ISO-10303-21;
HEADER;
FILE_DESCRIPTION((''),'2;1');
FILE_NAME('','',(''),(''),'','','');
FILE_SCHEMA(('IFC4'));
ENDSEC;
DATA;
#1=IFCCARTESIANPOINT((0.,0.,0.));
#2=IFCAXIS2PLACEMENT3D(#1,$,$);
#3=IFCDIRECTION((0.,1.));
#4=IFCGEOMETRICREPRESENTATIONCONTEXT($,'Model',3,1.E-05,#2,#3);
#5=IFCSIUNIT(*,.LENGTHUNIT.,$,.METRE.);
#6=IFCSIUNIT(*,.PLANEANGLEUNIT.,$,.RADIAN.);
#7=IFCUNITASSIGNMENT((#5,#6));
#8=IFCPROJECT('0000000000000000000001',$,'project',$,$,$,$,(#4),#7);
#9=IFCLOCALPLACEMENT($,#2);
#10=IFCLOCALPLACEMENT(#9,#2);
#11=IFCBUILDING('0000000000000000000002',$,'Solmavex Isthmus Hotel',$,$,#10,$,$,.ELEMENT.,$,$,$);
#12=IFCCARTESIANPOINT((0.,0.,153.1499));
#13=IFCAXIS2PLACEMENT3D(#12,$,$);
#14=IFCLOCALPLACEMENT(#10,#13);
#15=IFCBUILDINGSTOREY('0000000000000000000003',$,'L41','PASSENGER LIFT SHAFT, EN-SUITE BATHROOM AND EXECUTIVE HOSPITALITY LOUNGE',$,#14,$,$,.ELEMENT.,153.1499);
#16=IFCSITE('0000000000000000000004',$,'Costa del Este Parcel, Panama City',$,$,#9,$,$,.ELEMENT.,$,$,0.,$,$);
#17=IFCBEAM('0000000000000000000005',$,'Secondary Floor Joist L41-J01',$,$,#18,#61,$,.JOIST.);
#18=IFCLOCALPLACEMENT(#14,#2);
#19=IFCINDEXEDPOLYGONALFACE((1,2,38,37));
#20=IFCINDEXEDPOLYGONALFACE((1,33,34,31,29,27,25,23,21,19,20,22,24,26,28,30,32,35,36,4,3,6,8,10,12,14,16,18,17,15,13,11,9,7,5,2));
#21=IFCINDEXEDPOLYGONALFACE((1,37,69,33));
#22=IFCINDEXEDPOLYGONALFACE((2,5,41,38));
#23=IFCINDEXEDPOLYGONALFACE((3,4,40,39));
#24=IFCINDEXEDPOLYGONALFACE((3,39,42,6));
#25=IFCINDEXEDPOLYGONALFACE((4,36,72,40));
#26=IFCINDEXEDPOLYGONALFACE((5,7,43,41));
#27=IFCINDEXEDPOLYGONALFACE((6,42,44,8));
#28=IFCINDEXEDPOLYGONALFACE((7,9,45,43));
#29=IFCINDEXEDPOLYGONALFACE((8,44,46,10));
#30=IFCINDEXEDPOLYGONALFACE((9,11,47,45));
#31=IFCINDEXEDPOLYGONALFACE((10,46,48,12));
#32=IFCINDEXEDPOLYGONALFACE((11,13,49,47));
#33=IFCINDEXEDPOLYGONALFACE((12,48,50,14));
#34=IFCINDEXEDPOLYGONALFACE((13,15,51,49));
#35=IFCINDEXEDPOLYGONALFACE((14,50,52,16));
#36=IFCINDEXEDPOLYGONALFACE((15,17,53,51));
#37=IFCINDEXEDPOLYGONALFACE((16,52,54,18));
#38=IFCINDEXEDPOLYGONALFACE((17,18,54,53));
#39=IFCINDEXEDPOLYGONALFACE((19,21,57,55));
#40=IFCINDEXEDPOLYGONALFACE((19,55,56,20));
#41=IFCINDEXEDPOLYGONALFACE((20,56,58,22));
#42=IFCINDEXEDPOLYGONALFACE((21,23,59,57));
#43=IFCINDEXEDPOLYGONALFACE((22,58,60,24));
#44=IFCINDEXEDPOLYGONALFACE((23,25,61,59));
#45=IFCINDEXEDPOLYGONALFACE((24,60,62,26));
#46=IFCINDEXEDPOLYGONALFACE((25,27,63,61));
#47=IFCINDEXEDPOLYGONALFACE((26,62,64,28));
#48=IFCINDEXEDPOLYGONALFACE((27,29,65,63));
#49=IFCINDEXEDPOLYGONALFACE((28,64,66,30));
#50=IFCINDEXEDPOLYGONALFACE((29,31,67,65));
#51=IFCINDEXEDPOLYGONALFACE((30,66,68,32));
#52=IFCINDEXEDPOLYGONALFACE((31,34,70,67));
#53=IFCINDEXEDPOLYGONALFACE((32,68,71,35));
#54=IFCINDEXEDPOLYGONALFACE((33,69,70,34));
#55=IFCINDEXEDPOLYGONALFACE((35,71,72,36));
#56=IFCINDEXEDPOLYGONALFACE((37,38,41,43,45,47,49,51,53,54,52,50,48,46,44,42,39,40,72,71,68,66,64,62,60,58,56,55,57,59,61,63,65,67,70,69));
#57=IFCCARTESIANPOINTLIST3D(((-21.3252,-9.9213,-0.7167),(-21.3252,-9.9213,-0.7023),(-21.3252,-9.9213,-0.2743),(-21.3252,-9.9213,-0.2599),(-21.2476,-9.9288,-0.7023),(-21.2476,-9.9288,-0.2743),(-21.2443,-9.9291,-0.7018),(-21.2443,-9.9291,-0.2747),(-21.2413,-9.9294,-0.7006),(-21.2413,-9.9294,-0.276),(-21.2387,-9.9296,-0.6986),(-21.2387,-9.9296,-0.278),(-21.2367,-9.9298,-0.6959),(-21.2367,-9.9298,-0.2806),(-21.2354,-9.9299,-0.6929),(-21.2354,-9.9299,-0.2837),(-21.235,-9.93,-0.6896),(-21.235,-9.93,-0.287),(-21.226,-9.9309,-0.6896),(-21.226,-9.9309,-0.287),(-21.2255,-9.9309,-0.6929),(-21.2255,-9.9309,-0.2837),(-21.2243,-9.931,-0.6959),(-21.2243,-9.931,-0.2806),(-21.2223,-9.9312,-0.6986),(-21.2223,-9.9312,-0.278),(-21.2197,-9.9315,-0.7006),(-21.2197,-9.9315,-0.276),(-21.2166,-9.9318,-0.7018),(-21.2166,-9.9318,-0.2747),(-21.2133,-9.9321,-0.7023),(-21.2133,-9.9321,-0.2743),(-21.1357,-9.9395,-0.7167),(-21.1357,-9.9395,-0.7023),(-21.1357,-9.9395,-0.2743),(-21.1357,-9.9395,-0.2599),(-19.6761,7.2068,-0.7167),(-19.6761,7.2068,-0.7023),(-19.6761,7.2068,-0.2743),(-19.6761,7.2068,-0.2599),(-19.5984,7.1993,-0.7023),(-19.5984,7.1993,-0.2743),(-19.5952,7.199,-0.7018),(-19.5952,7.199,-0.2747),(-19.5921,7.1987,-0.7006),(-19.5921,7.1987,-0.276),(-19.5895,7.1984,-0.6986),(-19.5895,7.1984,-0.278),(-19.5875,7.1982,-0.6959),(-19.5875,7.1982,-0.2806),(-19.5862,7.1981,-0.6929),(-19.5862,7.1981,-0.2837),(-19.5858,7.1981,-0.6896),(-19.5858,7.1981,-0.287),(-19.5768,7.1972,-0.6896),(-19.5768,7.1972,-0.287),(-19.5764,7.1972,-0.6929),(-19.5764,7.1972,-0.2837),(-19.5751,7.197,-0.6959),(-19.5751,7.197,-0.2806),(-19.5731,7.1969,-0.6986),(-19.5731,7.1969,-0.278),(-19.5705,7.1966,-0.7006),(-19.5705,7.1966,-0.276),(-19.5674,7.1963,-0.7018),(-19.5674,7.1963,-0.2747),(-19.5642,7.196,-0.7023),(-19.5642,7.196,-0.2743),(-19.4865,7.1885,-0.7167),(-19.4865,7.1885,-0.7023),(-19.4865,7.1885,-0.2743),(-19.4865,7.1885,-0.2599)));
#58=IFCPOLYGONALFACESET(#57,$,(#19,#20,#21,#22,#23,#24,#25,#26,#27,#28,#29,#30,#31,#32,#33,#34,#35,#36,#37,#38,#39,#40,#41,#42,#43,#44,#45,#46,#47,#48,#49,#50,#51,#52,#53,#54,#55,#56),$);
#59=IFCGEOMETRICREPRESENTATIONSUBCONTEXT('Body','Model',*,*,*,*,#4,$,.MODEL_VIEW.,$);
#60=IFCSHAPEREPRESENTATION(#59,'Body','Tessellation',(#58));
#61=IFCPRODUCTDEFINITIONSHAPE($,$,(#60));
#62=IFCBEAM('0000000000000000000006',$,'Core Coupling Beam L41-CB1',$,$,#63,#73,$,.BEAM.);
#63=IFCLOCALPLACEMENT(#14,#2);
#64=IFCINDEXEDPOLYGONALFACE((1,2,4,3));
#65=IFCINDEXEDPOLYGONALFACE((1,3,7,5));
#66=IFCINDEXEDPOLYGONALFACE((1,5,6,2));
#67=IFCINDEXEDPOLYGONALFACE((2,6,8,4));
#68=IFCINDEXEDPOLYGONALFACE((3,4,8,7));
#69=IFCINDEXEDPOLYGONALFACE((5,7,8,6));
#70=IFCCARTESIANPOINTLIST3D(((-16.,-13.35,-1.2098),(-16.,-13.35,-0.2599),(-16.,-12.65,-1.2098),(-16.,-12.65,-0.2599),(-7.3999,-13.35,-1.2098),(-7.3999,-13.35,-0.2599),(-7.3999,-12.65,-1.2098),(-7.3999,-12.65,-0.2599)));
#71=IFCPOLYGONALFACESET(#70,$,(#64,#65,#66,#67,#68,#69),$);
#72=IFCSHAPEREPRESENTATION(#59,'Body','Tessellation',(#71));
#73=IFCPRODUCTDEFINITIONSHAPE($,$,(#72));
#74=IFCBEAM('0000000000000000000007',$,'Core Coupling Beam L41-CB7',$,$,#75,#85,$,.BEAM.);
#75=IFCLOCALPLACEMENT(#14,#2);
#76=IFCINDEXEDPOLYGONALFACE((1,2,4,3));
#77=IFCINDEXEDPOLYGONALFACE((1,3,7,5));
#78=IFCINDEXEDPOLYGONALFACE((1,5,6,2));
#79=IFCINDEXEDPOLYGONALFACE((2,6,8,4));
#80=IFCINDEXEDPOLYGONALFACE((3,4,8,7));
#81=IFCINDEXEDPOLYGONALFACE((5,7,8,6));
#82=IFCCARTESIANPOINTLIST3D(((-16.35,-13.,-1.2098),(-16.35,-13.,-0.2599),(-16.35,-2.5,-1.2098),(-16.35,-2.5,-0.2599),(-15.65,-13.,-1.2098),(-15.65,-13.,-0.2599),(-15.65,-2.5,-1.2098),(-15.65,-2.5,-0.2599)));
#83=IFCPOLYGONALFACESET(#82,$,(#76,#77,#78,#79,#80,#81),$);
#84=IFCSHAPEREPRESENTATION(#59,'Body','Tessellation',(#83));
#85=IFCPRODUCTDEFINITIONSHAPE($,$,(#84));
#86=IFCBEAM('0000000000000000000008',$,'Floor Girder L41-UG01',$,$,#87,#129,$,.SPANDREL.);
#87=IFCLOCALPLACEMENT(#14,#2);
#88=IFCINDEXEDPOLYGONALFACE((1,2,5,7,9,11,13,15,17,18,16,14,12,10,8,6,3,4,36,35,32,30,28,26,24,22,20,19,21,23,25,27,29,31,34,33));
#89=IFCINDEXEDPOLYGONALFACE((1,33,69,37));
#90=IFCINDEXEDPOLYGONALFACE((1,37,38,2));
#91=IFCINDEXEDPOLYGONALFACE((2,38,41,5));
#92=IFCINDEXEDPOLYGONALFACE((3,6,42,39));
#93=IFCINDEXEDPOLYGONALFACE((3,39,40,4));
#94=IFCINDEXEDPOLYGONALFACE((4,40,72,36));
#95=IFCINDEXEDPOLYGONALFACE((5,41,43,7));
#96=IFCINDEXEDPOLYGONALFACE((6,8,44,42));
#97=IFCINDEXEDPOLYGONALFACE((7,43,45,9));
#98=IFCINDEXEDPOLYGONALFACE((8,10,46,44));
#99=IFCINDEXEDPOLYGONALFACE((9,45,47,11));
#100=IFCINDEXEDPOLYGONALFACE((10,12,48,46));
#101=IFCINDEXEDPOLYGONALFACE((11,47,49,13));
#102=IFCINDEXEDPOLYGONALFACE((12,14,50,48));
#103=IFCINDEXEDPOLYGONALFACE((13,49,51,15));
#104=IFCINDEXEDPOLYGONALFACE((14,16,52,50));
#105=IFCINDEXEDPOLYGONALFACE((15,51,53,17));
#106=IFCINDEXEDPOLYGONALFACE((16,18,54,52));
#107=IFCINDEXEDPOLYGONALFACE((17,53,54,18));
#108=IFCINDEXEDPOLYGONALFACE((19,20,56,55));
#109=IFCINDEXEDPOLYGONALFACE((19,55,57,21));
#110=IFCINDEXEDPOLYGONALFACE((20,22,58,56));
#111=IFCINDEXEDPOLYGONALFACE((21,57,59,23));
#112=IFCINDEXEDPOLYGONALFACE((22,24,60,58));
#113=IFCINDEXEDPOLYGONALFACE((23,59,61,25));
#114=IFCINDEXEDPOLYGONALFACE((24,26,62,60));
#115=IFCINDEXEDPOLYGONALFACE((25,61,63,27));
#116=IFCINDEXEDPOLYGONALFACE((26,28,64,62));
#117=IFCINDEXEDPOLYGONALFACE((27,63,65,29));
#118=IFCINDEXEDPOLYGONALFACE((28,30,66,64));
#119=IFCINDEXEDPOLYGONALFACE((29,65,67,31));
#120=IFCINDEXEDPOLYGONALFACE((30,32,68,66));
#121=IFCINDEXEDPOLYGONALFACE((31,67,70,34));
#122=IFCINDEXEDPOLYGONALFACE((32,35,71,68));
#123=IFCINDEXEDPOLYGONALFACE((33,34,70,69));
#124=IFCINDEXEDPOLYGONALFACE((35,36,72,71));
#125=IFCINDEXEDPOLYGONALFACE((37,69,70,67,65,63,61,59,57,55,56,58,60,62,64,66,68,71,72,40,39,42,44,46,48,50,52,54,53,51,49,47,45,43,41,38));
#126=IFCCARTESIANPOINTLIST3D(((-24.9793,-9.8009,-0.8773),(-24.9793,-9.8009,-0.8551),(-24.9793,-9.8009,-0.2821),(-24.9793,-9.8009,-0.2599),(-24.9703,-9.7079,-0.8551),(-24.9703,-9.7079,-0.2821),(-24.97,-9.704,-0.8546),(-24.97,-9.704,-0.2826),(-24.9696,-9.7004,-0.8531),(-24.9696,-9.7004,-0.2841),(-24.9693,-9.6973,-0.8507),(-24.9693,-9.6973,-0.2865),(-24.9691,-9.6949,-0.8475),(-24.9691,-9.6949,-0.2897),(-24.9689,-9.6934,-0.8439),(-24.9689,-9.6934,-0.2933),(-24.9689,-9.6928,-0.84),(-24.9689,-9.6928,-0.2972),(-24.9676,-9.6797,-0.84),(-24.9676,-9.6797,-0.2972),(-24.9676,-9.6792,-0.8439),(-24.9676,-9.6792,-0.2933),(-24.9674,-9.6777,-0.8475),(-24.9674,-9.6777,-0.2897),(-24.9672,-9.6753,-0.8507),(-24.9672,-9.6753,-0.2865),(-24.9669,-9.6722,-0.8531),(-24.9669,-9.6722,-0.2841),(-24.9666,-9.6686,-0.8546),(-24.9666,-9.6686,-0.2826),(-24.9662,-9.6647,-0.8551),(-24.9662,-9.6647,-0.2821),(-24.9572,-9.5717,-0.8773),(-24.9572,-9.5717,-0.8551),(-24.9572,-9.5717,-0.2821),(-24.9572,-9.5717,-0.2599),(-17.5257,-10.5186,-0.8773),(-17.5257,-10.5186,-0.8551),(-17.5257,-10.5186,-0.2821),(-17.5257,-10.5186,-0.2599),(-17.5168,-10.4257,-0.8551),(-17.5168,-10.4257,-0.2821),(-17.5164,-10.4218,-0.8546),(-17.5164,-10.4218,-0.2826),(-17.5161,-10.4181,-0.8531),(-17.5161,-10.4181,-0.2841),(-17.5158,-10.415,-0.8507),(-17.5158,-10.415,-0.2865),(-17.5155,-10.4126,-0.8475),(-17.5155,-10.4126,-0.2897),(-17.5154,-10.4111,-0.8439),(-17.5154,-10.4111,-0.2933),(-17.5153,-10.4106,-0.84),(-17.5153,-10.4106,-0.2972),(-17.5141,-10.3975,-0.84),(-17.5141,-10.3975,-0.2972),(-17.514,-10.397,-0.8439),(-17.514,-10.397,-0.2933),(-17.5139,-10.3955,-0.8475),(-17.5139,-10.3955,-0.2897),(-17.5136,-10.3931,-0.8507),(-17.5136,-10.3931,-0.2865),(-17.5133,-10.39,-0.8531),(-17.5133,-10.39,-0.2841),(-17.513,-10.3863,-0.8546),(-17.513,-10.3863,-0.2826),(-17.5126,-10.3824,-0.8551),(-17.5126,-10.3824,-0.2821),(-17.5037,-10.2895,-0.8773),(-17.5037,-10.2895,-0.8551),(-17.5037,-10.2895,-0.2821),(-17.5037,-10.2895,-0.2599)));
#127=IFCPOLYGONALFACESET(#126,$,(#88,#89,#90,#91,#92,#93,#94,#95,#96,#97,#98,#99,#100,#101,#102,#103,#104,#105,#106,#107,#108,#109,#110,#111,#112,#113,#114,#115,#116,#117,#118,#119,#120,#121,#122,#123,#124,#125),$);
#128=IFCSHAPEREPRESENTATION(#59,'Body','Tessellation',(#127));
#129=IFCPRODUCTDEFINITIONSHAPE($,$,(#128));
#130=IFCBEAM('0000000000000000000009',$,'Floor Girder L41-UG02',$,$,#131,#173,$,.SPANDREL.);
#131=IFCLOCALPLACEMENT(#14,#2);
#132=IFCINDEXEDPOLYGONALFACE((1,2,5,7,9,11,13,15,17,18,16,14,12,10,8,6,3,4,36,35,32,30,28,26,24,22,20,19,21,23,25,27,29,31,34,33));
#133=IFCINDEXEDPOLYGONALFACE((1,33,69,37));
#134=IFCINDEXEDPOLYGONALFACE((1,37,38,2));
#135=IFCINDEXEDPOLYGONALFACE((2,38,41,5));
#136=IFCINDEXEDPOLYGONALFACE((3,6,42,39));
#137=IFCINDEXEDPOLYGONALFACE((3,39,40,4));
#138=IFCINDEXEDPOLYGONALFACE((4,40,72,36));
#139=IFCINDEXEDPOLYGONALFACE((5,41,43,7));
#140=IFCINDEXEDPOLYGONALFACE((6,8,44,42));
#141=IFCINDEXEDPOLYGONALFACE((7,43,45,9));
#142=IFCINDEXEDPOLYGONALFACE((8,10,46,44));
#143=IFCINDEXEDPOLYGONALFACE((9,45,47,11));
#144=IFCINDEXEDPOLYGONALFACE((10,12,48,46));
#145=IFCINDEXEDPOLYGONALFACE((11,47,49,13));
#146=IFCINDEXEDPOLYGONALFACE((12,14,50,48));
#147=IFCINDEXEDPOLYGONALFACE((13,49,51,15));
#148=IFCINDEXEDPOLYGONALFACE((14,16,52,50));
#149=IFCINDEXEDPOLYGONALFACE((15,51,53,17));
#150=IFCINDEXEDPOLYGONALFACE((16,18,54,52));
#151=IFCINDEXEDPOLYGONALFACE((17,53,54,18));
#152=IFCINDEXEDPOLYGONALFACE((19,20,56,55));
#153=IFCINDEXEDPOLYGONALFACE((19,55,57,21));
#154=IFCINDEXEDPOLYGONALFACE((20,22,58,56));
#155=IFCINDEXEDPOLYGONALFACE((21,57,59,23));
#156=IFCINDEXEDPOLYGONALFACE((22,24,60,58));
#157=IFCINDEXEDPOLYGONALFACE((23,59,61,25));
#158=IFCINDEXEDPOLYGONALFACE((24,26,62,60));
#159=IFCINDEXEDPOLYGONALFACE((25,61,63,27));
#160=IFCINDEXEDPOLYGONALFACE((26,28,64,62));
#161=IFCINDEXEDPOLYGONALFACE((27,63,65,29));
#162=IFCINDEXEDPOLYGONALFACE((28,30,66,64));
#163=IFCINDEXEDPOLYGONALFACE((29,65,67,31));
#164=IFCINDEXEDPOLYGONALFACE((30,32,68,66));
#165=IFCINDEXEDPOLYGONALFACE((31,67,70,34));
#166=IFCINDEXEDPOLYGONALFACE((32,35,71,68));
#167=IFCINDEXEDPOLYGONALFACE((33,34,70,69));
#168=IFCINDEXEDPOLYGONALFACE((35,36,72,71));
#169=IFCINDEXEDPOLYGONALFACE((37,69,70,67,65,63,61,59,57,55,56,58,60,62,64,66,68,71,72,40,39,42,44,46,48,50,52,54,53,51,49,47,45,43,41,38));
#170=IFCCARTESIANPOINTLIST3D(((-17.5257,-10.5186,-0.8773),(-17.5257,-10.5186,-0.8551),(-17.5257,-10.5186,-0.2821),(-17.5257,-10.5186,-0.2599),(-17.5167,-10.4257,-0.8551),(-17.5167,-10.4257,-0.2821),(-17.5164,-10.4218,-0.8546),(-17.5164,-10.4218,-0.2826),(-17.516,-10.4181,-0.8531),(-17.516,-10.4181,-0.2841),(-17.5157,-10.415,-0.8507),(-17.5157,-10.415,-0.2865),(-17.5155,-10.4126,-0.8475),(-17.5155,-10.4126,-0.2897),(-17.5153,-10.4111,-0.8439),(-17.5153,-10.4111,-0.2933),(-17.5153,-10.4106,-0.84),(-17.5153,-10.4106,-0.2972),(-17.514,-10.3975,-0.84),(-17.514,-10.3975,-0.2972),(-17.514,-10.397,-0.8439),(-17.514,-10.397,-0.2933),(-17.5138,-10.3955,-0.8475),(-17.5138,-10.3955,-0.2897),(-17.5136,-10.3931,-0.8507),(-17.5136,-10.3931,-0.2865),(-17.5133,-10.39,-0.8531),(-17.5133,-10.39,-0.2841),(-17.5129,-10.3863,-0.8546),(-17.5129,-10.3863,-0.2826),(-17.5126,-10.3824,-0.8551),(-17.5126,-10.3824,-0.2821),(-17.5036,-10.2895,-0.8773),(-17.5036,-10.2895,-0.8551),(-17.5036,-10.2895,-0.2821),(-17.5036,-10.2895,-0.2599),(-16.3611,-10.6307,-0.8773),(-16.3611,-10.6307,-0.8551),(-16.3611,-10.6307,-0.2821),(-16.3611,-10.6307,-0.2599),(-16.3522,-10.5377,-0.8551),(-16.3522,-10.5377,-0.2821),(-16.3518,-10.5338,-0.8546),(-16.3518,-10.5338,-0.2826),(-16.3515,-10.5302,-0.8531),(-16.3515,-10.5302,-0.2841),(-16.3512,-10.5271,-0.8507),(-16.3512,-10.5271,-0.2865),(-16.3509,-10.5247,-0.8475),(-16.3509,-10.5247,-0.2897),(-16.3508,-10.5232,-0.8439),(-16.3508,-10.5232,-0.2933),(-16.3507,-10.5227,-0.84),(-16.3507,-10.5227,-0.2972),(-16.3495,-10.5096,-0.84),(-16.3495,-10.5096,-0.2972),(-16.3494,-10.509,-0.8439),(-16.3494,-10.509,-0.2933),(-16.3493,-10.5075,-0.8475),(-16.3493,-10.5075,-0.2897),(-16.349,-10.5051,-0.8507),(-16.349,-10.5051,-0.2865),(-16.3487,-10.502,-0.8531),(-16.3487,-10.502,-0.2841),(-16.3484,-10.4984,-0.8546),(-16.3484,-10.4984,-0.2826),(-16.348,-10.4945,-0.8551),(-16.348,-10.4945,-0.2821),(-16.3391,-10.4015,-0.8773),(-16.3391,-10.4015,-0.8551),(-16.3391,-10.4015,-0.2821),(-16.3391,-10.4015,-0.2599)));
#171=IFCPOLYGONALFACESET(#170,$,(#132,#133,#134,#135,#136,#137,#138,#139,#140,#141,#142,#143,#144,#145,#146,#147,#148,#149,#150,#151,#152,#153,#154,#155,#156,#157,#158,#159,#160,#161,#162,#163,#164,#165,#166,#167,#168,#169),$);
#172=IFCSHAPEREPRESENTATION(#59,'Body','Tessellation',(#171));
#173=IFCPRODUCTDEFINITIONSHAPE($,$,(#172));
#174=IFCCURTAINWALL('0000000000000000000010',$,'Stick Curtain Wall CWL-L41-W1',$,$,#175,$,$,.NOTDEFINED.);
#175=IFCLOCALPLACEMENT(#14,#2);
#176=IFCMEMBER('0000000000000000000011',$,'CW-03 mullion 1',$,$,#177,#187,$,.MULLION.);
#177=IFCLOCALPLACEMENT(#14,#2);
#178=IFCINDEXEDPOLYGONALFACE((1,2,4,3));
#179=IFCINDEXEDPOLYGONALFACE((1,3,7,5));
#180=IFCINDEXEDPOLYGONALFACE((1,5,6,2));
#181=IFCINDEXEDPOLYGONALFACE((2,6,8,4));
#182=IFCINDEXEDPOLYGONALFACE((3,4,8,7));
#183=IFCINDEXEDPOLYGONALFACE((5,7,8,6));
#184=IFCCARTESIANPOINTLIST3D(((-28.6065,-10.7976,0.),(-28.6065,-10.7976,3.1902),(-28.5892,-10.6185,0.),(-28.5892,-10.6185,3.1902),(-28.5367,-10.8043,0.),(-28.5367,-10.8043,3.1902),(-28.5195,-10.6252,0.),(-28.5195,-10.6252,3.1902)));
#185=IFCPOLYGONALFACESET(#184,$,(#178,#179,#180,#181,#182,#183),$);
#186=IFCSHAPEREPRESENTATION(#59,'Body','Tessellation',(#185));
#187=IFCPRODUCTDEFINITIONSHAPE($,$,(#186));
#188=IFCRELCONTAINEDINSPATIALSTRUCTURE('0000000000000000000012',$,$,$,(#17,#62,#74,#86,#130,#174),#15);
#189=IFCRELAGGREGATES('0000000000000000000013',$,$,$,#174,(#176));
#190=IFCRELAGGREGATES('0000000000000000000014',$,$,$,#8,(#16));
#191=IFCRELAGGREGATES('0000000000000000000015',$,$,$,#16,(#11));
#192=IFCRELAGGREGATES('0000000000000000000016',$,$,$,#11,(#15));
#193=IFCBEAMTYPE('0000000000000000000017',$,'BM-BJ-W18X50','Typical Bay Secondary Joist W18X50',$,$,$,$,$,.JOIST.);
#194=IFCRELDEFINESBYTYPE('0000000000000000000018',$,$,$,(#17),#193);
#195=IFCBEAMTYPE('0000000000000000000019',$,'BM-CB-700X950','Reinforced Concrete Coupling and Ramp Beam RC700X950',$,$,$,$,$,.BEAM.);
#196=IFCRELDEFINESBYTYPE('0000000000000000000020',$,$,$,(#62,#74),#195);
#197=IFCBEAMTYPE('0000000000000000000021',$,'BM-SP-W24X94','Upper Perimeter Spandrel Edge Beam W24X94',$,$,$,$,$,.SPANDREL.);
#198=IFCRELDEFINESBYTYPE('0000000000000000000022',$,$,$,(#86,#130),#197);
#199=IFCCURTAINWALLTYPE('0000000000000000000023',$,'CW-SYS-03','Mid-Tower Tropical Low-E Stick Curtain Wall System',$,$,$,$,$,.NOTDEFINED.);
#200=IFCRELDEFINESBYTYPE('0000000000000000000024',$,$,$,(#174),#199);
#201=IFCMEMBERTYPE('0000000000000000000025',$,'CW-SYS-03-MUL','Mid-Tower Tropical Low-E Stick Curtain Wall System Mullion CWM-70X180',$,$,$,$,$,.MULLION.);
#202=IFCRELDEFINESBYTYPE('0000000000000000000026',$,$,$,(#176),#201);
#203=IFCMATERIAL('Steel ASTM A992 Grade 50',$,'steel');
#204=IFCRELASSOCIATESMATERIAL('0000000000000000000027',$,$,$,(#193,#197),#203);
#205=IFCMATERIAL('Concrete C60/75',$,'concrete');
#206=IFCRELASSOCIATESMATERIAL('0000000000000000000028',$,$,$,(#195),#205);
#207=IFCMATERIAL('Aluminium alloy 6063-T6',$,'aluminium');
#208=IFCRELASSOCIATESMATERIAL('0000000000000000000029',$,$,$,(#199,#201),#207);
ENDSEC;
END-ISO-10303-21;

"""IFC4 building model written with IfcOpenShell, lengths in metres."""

from ifc_helpers import new_model, si_unit, direction, frame, origin, origin_2d, place, context, subcontext, project, spatial, rectangle, i_section, extrude, material, material_profile, profile_set, type_object, element, aggregate, save


model = new_model("IFC4")

# Units and contexts
model_context = context("Model", 3, precision=1e-05, world=origin(), true_north=direction((0.0, 1.0)))
body_context = subcontext(model_context, "Body", "Model", "MODEL_VIEW")
ifc_project = project(units=[si_unit("LENGTHUNIT", "METRE"), si_unit("PLANEANGLEUNIT", "RADIAN")], contexts=[model_context])

# Site, building, storey
site_placement = place(None, origin())
site = spatial("IfcSite", under=ifc_project, at=site_placement, Name="Costa del Este Parcel, Panama City", CompositionType="ELEMENT", RefElevation=0.0)
building_placement = place(site_placement, origin())
building = spatial("IfcBuilding", under=site, at=building_placement, Name="Solmavex Isthmus Hotel", CompositionType="ELEMENT")
storey_placement = place(building_placement, frame((0.0, 0.0, 153.1499)))
storey = spatial("IfcBuildingStorey", under=building, at=storey_placement, Name="L41", Description="PASSENGER LIFT SHAFT, EN-SUITE BATHROOM AND EXECUTIVE HOSPITALITY LOUNGE", CompositionType="ELEMENT", Elevation=153.1499)

# Shared definitions
ifc_material_1 = material(Name="Concrete C60/75", Category="concrete")

# Beams
ifc_material_2 = material(Name="Steel ASTM A992 Grade 50", Category="steel")
ifc_material_profile_1 = material_profile(ifc_material_2, i_section(OverallWidth=0.1904, OverallDepth=0.4568, WebThickness=0.009, FlangeThickness=0.0144, FilletRadius=0.0127, at=origin_2d()), Name="W18X50")
ifc_profile_set_1 = profile_set([ifc_material_profile_1], Name="Steel ASTM A992 Grade 50")
beam_type_1 = type_object("IfcBeamType", Name="BM-BJ-W18X50", Description="Typical Bay Secondary Joist W18X50", PredefinedType="JOIST", material=ifc_profile_set_1)
beam_1_placement = place(storey_placement, frame((-21.2305, -9.9304, -0.4883), z_axis=(0.095841, 0.995397, 0.0), x_axis=(-0.995397, 0.095841, 0.0)))
element("IfcBeam", 1, at=beam_1_placement, inside=storey, type_object=beam_type_1, Name="Secondary Floor Joist L41-J01", PredefinedType="JOIST", context=body_context, shape_type="SweptSolid", body=[
    extrude(i_section(OverallWidth=0.1904, OverallDepth=0.4568, WebThickness=0.009, FlangeThickness=0.0144, FilletRadius=0.0127, at=origin_2d()), origin(), (0.0, 0.0, 1.0), 17.2073),
])
ifc_material_profile_2 = material_profile(ifc_material_1, rectangle(XDim=0.7, YDim=0.95, at=origin_2d()), Name="RC700X950")
ifc_profile_set_2 = profile_set([ifc_material_profile_2], Name="Concrete C60/75")
beam_type_2 = type_object("IfcBeamType", Name="BM-CB-700X950", Description="Reinforced Concrete Coupling and Ramp Beam RC700X950", PredefinedType="BEAM", material=ifc_profile_set_2)
beam_2_placement = place(storey_placement, frame((-16.0, -13.0, -0.7349), z_axis=(1.0, 0.0, 0.0), x_axis=(0.0, 1.0, 0.0)))
element("IfcBeam", 2, at=beam_2_placement, inside=storey, type_object=beam_type_2, Name="Core Coupling Beam L41-CB1", PredefinedType="BEAM", context=body_context, shape_type="SweptSolid", body=[
    extrude(rectangle(XDim=0.7, YDim=0.95, at=origin_2d()), origin(), (0.0, 0.0, 1.0), 8.6001),
])
beam_3_placement = place(storey_placement, frame((-16.0, -13.0, -0.7349), z_axis=(0.0, 1.0, 0.0), x_axis=(-1.0, 0.0, 0.0)))
element("IfcBeam", 3, at=beam_3_placement, inside=storey, type_object=beam_type_2, Name="Core Coupling Beam L41-CB7", PredefinedType="BEAM", context=body_context, shape_type="SweptSolid", body=[
    extrude(rectangle(XDim=0.7, YDim=0.95, at=origin_2d()), origin(), (0.0, 0.0, 1.0), 10.5),
])
ifc_material_profile_3 = material_profile(ifc_material_2, i_section(OverallWidth=0.2302, OverallDepth=0.6174, WebThickness=0.0132, FlangeThickness=0.0222, FilletRadius=0.0151, at=origin_2d()), Name="W24X94")
ifc_profile_set_3 = profile_set([ifc_material_profile_3], Name="Steel ASTM A992 Grade 50")
beam_type_3 = type_object("IfcBeamType", Name="BM-SP-W24X94", Description="Upper Perimeter Spandrel Edge Beam W24X94", PredefinedType="SPANDREL", material=ifc_profile_set_3)
beam_4_placement = place(storey_placement, frame((-24.9683, -9.6863, -0.5686), z_axis=(0.995395, -0.095855, 0.0), x_axis=(0.095855, 0.995395, 0.0)))
element("IfcBeam", 4, at=beam_4_placement, inside=storey, type_object=beam_type_3, Name="Floor Girder L41-UG01", PredefinedType="SPANDREL", context=body_context, shape_type="SweptSolid", body=[
    extrude(i_section(OverallWidth=0.2302, OverallDepth=0.6174, WebThickness=0.0132, FlangeThickness=0.0222, FilletRadius=0.0151, at=origin_2d()), origin(), (0.0, 0.0, 1.0), 7.488),
])
beam_5_placement = place(storey_placement, frame((-17.5146, -10.4041, -0.5686), z_axis=(0.995402, -0.095784, 0.0), x_axis=(0.095784, 0.995402, 0.0)))
element("IfcBeam", 5, at=beam_5_placement, inside=storey, type_object=beam_type_3, Name="Floor Girder L41-UG02", PredefinedType="SPANDREL", context=body_context, shape_type="SweptSolid", body=[
    extrude(i_section(OverallWidth=0.2302, OverallDepth=0.6174, WebThickness=0.0132, FlangeThickness=0.0222, FilletRadius=0.0151, at=origin_2d()), origin(), (0.0, 0.0, 1.0), 1.1699),
])

# Curtain wall, member
ifc_material_3 = material(Name="Aluminium alloy 6063-T6", Category="aluminium")
curtain_wall_type = type_object("IfcCurtainWallType", Name="CW-SYS-03", Description="Mid-Tower Tropical Low-E Stick Curtain Wall System", PredefinedType="NOTDEFINED", material=ifc_material_3)
curtain_wall_placement = place(storey_placement, origin())
curtain_wall = element("IfcCurtainWall", 6, at=curtain_wall_placement, inside=storey, type_object=curtain_wall_type, Name="Stick Curtain Wall CWL-L41-W1", PredefinedType="NOTDEFINED")
ifc_material_profile_4 = material_profile(ifc_material_3, rectangle(XDim=0.0701, YDim=0.1799, at=origin_2d()), Name="CWM-70X180")
ifc_profile_set_4 = profile_set([ifc_material_profile_4], Name="Aluminium alloy 6063-T6")
member_type_1 = type_object("IfcMemberType", Name="CW-SYS-03-MUL", Description="Mid-Tower Tropical Low-E Stick Curtain Wall System Mullion CWM-70X180", PredefinedType="MULLION", material=ifc_profile_set_4)
member_1_placement = place(storey_placement, frame((-28.563, -10.7114, 0.0), z_axis=(0.0, 0.0, 1.0), x_axis=(-0.995396, 0.095846, 0.0)))
member_1 = element("IfcMember", 7, at=member_1_placement, type_object=member_type_1, Name="CW-03 mullion 1", PredefinedType="MULLION", context=body_context, shape_type="SweptSolid", body=[
    extrude(rectangle(XDim=0.0701, YDim=0.1799, at=origin_2d()), origin(), (0.0, 0.0, 1.0), 3.1902),
])
aggregate(curtain_wall, [member_1])

save(model, "model.ifc")
